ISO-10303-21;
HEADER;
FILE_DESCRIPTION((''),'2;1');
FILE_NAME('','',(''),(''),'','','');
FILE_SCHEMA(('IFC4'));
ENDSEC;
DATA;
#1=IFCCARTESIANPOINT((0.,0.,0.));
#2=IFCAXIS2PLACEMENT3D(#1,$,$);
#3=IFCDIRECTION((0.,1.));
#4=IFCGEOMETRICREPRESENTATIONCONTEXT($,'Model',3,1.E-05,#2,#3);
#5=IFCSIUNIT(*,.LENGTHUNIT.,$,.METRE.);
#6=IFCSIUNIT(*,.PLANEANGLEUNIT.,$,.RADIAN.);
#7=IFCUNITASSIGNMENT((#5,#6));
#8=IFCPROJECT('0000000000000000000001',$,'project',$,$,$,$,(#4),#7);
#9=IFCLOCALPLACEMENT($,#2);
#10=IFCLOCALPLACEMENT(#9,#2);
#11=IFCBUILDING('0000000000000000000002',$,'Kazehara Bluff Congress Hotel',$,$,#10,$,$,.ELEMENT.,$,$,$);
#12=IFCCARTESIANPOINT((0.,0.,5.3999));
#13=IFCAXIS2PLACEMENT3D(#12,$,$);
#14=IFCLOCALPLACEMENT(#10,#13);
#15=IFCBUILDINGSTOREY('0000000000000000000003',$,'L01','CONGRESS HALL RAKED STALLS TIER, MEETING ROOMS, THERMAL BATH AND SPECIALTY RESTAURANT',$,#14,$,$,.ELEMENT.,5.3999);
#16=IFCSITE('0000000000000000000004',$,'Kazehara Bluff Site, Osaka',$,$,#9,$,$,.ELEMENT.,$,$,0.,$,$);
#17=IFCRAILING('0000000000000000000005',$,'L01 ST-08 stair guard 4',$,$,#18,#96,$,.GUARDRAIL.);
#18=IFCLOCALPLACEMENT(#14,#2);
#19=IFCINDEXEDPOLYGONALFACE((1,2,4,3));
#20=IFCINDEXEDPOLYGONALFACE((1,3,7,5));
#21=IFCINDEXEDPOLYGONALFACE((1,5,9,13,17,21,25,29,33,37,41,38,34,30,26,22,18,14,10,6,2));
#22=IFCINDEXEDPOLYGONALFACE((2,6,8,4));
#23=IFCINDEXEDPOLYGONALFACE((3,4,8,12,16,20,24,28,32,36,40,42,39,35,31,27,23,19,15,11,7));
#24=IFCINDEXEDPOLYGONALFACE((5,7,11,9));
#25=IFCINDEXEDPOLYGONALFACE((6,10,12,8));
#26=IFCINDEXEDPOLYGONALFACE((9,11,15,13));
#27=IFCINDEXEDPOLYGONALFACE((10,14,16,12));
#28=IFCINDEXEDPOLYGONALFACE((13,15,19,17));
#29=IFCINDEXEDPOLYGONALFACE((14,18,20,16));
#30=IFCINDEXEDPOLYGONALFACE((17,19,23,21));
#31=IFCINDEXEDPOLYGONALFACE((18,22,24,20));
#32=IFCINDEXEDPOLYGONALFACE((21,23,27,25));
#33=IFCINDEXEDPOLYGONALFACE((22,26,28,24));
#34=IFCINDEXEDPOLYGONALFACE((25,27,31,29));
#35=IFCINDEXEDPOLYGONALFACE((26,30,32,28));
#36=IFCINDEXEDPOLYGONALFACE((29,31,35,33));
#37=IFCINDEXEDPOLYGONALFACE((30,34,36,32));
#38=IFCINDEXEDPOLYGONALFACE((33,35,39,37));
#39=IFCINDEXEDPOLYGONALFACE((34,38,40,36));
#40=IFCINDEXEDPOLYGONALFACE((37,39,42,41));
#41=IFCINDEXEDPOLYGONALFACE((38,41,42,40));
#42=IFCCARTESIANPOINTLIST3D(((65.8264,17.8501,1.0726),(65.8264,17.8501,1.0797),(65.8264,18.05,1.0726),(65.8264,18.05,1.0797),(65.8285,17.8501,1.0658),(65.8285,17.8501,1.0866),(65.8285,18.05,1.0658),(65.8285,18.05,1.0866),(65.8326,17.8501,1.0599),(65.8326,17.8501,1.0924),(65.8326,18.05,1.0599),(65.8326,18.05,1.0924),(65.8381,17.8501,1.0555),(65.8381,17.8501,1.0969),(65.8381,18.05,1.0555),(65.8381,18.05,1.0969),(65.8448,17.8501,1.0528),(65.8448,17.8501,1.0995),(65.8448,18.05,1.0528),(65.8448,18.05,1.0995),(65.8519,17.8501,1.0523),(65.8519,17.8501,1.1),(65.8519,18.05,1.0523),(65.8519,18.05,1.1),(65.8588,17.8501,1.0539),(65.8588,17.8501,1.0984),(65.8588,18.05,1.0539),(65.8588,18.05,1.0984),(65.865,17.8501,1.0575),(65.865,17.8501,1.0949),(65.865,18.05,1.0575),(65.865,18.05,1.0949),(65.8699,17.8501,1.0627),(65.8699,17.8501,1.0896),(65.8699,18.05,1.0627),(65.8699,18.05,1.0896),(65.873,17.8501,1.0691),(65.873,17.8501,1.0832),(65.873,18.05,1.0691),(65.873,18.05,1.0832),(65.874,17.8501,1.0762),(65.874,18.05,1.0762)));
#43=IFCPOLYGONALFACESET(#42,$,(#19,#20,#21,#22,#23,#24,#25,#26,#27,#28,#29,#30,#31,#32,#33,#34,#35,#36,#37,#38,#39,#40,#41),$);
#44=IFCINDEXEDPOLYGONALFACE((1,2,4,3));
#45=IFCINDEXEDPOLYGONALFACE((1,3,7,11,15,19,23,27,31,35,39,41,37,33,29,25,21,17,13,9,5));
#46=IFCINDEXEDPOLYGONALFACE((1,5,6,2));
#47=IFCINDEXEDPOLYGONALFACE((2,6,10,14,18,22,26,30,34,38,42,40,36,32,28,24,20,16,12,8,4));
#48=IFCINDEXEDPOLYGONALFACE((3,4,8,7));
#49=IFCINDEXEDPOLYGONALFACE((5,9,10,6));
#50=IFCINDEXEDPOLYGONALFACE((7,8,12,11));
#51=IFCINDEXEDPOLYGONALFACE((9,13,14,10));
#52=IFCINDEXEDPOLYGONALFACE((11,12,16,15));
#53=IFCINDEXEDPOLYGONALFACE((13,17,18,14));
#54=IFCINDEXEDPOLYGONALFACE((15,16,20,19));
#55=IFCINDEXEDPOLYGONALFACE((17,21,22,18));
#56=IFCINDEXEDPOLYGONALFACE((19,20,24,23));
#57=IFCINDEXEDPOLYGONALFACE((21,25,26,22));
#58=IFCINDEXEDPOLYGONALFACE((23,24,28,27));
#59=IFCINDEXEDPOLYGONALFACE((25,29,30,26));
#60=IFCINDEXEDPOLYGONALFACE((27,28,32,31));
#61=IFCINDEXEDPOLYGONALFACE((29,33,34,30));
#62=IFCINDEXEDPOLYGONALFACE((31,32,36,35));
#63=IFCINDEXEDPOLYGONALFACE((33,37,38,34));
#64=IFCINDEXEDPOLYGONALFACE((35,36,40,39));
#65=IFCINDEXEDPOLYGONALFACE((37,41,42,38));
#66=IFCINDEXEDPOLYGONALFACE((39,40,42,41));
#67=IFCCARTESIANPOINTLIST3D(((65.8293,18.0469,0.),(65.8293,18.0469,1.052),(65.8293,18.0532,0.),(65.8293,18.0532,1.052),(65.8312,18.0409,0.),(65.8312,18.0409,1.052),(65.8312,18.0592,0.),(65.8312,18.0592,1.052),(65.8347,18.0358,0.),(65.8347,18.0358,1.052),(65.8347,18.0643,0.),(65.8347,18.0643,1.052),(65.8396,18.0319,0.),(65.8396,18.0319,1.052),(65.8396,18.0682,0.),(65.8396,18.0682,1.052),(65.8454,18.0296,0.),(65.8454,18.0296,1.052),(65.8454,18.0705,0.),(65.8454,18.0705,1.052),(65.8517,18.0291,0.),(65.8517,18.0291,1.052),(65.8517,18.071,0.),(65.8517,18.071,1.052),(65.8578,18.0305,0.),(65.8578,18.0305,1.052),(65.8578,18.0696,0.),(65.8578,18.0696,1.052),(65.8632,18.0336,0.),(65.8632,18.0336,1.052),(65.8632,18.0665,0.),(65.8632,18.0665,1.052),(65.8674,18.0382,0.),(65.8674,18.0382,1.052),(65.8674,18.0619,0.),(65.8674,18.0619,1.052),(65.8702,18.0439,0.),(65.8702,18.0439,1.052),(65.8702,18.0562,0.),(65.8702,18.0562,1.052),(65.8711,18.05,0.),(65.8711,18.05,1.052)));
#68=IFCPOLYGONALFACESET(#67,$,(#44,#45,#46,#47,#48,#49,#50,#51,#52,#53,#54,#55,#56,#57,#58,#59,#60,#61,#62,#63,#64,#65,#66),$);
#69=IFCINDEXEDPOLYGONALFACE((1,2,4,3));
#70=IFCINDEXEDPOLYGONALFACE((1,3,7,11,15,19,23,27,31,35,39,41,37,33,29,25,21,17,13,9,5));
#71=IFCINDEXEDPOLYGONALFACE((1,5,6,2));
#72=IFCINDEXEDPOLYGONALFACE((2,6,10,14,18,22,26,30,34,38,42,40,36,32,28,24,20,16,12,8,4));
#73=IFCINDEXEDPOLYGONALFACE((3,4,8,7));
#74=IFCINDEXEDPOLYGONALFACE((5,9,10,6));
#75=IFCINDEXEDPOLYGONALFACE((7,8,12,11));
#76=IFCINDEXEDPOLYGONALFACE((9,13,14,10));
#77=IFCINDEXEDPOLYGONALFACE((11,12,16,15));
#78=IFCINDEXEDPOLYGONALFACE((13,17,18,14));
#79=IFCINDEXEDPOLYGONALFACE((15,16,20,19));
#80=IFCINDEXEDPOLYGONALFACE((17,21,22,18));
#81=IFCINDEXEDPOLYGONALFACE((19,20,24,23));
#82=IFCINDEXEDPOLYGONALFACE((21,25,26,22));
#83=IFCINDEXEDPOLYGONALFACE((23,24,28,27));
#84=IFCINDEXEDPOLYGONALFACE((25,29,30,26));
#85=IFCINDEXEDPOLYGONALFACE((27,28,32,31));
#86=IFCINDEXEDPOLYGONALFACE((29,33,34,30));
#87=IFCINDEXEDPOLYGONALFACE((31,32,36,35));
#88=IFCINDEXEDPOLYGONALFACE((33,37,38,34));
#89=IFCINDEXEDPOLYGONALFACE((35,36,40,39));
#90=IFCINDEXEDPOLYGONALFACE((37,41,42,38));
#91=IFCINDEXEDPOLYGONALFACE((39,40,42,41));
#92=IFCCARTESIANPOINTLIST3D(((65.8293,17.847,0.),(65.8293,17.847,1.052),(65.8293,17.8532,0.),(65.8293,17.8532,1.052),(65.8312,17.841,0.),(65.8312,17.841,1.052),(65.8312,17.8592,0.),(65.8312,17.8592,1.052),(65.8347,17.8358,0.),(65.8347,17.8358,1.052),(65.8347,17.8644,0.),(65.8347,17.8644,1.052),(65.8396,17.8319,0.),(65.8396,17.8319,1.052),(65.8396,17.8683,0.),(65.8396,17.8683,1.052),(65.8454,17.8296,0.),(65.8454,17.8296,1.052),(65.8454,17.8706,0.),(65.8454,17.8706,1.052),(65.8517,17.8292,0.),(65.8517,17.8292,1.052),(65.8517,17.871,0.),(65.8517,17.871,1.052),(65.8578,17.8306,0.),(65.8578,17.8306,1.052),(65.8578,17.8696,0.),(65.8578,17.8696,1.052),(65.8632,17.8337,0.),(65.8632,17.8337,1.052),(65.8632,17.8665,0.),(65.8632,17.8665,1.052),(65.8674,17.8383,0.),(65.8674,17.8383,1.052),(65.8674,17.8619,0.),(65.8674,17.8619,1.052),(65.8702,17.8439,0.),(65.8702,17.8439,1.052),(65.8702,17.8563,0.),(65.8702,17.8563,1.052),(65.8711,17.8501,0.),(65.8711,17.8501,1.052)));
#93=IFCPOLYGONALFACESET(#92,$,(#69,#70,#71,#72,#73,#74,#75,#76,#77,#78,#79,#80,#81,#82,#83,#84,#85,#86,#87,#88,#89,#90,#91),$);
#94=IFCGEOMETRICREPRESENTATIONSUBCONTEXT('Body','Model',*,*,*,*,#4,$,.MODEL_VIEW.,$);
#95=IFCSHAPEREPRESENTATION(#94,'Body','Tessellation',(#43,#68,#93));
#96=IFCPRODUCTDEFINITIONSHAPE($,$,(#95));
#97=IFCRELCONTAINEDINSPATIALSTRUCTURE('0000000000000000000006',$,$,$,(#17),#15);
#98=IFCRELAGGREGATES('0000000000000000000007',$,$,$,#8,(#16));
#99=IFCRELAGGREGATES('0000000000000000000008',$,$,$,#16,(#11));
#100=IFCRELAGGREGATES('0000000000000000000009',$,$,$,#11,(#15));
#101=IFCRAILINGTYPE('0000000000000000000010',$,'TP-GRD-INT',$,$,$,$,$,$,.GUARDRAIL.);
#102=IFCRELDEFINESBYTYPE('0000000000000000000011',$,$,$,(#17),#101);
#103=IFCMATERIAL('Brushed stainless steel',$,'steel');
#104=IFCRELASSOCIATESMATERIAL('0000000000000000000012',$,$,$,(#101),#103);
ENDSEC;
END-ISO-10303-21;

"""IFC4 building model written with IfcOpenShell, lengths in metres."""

from ifc_helpers import new_model, si_unit, direction, frame, origin, origin_2d, place, context, subcontext, project, spatial, circle, extrude, material, type_object, element, save


model = new_model("IFC4")

# Units and contexts
model_context = context("Model", 3, precision=1e-05, world=origin(), true_north=direction((0.0, 1.0)))
body_context = subcontext(model_context, "Body", "Model", "MODEL_VIEW")
ifc_project = project(units=[si_unit("LENGTHUNIT", "METRE"), si_unit("PLANEANGLEUNIT", "RADIAN")], contexts=[model_context])

# Site, building, storey
site_placement = place(None, origin())
site = spatial("IfcSite", under=ifc_project, at=site_placement, Name="Kazehara Bluff Site, Osaka", CompositionType="ELEMENT", RefElevation=0.0)
building_placement = place(site_placement, origin())
building = spatial("IfcBuilding", under=site, at=building_placement, Name="Kazehara Bluff Congress Hotel", CompositionType="ELEMENT")
storey_placement = place(building_placement, frame((0.0, 0.0, 5.3999)))
storey = spatial("IfcBuildingStorey", under=building, at=storey_placement, Name="L01", Description="CONGRESS HALL RAKED STALLS TIER, MEETING ROOMS, THERMAL BATH AND SPECIALTY RESTAURANT", CompositionType="ELEMENT", Elevation=5.3999)

# Railing
ifc_material_1 = material(Name="Brushed stainless steel", Category="steel")
railing_type_1 = type_object("IfcRailingType", Name="TP-GRD-INT", PredefinedType="GUARDRAIL", material=ifc_material_1)
railing_1_placement = place(storey_placement, frame((65.8501, 18.05, 0.0)))
element("IfcRailing", 1, at=railing_1_placement, inside=storey, type_object=railing_type_1, Name="L01 ST-08 stair guard 4", PredefinedType="GUARDRAIL", context=body_context, shape_type="SweptSolid", body=[
    extrude(circle(Radius=0.0239, at=origin_2d()), frame((0.0, 0.0, 1.0762), z_axis=(0.0, -1.0, 0.0), x_axis=(1.0, 0.0, 0.0)), (0.0, 0.0, 1.0), 0.2),
    extrude(circle(Radius=0.021, at=origin_2d()), origin(), (0.0, 0.0, 1.0), 1.052),
    extrude(circle(Radius=0.021, at=origin_2d()), frame((0.0, -0.2, 0.0)), (0.0, 0.0, 1.0), 1.052),
])

save(model, "model.ifc")
